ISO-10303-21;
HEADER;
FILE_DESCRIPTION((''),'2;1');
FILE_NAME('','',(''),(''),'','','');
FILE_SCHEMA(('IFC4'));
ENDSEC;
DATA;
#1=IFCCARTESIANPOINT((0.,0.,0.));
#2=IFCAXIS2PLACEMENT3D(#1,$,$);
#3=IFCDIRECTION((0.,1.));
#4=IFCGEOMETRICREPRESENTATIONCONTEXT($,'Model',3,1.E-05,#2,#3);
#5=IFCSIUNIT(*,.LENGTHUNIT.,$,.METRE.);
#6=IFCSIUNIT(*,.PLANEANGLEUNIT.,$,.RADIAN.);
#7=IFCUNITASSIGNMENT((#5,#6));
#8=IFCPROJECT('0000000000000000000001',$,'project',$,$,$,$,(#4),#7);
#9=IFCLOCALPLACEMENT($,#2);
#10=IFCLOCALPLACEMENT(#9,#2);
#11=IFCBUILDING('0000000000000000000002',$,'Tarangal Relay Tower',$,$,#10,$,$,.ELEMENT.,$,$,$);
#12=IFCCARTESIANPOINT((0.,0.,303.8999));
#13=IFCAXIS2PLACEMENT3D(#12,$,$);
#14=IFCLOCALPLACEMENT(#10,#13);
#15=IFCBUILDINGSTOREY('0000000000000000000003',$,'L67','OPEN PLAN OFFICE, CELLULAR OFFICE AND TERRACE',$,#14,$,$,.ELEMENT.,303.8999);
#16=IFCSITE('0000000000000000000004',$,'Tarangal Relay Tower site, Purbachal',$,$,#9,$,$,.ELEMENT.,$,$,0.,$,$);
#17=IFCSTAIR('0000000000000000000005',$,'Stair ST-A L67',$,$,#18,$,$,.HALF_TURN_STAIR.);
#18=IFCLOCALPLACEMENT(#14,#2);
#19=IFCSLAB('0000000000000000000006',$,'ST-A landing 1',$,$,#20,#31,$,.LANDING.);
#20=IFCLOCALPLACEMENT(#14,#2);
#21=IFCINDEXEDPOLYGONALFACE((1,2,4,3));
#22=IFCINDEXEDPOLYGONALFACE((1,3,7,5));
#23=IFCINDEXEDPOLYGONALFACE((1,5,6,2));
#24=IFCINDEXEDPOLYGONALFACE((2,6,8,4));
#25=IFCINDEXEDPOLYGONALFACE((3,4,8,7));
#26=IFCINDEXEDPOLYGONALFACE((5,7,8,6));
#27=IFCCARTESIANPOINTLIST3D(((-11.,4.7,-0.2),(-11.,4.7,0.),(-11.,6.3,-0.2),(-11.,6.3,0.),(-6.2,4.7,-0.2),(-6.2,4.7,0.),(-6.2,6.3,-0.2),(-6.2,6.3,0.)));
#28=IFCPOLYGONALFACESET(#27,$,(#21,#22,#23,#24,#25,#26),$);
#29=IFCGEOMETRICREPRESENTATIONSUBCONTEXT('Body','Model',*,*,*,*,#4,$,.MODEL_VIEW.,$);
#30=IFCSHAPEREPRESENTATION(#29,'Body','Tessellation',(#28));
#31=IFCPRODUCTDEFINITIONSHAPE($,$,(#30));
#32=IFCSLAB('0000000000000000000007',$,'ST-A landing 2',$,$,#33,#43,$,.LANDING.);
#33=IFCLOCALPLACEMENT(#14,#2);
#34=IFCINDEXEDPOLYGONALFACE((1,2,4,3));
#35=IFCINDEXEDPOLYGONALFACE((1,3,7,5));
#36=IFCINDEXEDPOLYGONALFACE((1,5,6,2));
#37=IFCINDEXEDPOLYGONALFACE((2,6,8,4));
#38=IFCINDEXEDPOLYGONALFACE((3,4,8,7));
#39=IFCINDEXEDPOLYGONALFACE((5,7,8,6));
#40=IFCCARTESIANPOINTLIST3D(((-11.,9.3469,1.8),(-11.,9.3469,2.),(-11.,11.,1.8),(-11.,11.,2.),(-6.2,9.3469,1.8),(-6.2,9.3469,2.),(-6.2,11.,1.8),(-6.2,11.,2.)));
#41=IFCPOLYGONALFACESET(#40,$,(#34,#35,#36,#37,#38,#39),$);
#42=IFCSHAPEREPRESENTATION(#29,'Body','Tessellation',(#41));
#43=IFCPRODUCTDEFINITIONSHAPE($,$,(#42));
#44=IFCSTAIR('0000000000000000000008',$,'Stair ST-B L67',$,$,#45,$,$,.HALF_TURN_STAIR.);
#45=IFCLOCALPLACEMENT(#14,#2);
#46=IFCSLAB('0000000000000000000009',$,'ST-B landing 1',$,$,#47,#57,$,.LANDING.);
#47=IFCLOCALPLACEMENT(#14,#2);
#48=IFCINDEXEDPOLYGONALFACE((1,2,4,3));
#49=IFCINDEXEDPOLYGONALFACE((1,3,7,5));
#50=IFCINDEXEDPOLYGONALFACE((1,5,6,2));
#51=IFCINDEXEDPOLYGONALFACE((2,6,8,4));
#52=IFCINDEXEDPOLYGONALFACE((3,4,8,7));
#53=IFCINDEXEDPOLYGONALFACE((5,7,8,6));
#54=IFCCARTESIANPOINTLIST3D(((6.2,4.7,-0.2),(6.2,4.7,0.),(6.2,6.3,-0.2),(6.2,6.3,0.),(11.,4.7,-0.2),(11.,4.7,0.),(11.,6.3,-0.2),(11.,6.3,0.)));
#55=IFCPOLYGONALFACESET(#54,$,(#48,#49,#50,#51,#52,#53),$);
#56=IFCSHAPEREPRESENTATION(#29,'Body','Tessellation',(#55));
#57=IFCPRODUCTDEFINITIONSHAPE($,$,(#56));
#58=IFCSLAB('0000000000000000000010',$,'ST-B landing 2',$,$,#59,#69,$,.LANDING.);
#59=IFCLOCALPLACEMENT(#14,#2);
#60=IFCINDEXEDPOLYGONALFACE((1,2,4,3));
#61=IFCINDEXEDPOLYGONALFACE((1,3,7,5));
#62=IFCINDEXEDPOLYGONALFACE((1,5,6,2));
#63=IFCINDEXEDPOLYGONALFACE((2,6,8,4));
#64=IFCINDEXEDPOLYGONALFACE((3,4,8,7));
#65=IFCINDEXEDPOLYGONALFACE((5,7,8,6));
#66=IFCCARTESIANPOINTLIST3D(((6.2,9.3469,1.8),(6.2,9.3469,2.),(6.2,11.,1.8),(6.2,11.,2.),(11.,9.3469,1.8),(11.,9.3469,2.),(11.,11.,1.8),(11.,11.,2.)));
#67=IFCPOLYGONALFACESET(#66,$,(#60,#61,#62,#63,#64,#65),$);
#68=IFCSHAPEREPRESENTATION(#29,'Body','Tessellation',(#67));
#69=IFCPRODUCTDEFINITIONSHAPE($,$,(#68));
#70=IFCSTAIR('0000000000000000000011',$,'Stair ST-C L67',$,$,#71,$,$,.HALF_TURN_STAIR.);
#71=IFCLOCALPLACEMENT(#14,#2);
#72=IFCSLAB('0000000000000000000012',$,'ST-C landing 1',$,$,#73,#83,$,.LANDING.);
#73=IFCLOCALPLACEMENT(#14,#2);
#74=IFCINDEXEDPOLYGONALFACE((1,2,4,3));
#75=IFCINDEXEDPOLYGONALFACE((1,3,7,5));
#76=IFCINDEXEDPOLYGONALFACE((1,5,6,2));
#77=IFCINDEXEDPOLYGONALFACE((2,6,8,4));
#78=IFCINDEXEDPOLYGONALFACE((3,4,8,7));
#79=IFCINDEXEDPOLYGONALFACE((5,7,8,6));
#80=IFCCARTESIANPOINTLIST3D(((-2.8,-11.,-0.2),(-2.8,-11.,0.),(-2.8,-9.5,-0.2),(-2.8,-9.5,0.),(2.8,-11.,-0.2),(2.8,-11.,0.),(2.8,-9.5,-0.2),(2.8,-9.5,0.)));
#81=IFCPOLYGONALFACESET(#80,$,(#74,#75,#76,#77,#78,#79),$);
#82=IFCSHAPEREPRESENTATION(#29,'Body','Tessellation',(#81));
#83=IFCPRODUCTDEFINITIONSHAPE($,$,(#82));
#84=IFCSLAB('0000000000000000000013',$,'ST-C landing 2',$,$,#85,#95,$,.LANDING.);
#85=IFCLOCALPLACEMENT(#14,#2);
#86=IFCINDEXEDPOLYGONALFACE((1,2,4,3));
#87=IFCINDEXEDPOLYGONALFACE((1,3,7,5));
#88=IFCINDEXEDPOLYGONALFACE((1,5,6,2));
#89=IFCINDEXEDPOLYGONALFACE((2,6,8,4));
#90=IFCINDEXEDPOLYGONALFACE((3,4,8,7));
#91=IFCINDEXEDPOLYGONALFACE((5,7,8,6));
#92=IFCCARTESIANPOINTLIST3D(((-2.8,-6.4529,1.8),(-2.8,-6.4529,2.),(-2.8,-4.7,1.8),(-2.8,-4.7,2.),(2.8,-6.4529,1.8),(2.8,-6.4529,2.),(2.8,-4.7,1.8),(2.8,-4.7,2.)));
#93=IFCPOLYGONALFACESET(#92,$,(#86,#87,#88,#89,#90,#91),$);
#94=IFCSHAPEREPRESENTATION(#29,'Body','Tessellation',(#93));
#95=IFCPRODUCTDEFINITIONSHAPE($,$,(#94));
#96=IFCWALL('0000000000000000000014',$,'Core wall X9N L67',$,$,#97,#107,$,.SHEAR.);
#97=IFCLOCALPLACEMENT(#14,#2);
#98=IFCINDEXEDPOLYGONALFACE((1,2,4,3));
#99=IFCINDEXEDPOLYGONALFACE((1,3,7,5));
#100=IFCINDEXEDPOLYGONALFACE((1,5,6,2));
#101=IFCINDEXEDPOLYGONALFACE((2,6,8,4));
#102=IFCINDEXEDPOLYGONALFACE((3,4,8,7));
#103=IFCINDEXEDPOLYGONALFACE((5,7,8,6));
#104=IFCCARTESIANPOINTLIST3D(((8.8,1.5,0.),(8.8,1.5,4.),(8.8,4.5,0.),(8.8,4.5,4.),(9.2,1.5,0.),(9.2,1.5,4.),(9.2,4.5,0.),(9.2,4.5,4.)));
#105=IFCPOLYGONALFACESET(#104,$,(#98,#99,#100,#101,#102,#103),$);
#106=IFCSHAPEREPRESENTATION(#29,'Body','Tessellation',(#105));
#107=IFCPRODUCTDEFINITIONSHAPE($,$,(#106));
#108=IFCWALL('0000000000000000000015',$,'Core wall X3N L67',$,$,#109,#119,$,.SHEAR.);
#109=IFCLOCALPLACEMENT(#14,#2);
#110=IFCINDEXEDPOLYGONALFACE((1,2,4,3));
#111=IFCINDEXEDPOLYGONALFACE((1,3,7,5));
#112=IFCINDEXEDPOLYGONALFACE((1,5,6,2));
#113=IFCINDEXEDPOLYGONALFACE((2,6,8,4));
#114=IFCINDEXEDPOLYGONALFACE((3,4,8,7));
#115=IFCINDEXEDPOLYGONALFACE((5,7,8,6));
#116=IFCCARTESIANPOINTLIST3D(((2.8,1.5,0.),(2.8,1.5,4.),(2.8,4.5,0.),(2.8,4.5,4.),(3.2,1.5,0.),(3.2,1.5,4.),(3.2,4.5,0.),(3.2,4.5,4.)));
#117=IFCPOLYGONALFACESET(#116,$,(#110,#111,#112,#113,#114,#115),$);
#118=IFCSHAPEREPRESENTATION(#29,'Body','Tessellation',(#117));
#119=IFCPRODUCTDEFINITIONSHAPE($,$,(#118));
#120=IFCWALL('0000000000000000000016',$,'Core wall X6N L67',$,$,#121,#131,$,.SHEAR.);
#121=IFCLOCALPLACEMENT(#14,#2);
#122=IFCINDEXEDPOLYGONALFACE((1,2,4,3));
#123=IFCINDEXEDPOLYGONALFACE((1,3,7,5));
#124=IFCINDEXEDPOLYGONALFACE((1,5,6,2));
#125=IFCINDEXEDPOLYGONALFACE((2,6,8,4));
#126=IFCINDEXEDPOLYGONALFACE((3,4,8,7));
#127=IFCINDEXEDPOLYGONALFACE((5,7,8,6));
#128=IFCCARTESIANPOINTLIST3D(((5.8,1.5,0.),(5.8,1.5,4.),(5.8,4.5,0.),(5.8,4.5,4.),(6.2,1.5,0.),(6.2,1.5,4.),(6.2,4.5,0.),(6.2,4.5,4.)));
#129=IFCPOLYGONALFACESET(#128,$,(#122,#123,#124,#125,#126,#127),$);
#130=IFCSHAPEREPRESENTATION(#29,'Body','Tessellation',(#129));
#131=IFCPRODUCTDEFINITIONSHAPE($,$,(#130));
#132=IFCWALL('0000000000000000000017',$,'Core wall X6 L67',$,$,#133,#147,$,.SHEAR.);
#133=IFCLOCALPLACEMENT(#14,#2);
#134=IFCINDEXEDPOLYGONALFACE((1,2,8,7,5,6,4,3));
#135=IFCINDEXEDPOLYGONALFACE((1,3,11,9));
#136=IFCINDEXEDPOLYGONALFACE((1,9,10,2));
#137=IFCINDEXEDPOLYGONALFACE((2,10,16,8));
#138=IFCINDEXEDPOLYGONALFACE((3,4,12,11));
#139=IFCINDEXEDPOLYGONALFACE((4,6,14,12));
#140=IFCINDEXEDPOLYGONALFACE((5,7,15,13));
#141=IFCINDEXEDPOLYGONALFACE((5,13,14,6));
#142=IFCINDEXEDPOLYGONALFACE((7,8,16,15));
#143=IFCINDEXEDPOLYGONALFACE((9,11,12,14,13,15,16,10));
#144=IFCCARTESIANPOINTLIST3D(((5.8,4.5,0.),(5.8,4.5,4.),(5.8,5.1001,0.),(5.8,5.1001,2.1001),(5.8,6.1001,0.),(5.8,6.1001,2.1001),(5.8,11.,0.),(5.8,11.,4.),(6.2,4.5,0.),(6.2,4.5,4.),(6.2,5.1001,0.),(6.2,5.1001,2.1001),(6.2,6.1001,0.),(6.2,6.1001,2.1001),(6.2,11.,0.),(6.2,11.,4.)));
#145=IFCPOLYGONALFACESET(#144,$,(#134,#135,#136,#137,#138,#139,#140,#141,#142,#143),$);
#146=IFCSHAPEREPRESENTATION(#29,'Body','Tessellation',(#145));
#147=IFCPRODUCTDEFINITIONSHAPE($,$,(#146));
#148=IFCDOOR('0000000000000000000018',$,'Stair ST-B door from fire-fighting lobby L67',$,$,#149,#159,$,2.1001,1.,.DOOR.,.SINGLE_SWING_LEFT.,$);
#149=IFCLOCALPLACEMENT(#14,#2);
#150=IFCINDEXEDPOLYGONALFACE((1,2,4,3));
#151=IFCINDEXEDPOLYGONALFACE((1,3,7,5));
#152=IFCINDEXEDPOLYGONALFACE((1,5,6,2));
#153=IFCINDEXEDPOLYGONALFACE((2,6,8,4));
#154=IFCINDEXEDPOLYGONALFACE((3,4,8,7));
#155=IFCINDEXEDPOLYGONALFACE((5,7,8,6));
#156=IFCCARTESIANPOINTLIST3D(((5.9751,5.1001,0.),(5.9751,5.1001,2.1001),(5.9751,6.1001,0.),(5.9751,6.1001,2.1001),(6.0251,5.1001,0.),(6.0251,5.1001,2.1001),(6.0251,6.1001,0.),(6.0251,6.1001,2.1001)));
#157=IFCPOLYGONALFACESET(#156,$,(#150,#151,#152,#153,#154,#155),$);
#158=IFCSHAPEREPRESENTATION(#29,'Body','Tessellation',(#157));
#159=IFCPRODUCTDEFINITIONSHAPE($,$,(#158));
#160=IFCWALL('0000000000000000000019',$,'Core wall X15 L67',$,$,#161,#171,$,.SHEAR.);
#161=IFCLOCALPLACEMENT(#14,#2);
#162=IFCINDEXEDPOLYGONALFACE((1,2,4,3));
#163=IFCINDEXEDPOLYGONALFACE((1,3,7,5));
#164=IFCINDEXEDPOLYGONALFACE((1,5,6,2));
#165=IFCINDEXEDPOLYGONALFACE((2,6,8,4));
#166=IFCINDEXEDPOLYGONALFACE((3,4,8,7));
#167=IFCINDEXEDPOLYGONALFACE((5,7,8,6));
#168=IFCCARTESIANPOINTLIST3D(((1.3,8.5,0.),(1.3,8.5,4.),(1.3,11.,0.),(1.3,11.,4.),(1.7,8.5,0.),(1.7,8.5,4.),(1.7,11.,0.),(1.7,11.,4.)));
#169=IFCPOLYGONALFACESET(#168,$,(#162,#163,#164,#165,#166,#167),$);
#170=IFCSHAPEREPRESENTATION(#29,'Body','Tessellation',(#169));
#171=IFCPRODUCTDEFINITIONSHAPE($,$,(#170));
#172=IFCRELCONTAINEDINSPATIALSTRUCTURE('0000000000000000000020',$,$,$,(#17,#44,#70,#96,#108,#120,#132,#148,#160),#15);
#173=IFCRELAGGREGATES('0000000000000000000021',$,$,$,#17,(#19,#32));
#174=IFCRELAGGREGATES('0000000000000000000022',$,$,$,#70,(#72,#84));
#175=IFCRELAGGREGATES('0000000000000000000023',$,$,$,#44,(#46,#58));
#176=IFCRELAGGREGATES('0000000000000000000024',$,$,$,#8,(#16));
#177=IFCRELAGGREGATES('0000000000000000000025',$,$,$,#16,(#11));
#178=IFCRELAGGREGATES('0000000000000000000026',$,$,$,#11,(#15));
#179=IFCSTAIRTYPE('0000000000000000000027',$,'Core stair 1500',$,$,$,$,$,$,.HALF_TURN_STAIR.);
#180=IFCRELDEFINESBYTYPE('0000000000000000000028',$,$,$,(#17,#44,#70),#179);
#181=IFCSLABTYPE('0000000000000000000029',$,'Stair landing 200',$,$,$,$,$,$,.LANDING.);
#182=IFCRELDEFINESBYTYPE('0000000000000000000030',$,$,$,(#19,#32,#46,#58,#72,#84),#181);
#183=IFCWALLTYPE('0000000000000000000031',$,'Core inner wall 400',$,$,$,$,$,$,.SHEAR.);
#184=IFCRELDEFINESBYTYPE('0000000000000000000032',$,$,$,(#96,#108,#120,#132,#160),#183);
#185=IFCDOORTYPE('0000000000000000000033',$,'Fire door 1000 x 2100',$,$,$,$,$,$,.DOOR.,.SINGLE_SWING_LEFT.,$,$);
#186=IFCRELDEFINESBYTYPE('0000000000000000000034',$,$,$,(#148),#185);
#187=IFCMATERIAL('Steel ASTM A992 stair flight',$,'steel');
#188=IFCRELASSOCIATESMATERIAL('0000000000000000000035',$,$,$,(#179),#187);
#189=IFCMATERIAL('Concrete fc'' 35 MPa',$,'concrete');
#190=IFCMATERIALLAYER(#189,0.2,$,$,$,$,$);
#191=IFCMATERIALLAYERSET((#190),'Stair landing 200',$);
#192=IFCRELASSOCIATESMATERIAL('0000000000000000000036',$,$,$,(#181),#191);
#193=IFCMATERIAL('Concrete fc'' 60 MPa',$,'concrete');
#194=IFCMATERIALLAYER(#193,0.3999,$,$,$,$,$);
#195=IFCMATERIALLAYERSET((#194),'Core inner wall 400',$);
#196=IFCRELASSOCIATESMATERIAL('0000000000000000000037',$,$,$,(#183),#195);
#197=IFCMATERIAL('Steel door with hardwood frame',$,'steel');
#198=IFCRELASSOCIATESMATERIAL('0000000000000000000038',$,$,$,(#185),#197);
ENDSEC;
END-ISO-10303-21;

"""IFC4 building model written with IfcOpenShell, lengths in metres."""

from ifc_helpers import new_model, si_unit, direction, frame, frame_2d, origin, place, context, subcontext, project, spatial, polyline, rectangle, outline, extrude, material, layer, layer_set, type_object, element, fill, aggregate, save


model = new_model("IFC4")

# Units and contexts
model_context = context("Model", 3, precision=1e-05, world=origin(), true_north=direction((0.0, 1.0)))
body_context = subcontext(model_context, "Body", "Model", "MODEL_VIEW")
ifc_project = project(units=[si_unit("LENGTHUNIT", "METRE"), si_unit("PLANEANGLEUNIT", "RADIAN")], contexts=[model_context])

# Site, building, storey
site_placement = place(None, origin())
site = spatial("IfcSite", under=ifc_project, at=site_placement, Name="Tarangal Relay Tower site, Purbachal", CompositionType="ELEMENT", RefElevation=0.0)
building_placement = place(site_placement, origin())
building = spatial("IfcBuilding", under=site, at=building_placement, Name="Tarangal Relay Tower", CompositionType="ELEMENT")
storey_placement = place(building_placement, frame((0.0, 0.0, 303.8999)))
storey = spatial("IfcBuildingStorey", under=building, at=storey_placement, Name="L67", Description="OPEN PLAN OFFICE, CELLULAR OFFICE AND TERRACE", CompositionType="ELEMENT", Elevation=303.8999)

# Stairs, slabs
ifc_material_1 = material(Name="Steel ASTM A992 stair flight", Category="steel")
stair_type = type_object("IfcStairType", Name="Core stair 1500", PredefinedType="HALF_TURN_STAIR", material=ifc_material_1)
stair_1_placement = place(storey_placement, origin())
stair_1 = element("IfcStair", 1, at=stair_1_placement, inside=storey, type_object=stair_type, Name="Stair ST-A L67", PredefinedType="HALF_TURN_STAIR")
ifc_material_2 = material(Name="Concrete fc' 35 MPa", Category="concrete")
ifc_layer_1 = layer(ifc_material_2, 0.2)
ifc_layer_set_1 = layer_set([ifc_layer_1], Name="Stair landing 200")
slab_type = type_object("IfcSlabType", Name="Stair landing 200", PredefinedType="LANDING", material=ifc_layer_set_1)
slab_1_placement = place(storey_placement, frame((0.0, 0.0, -0.2)))
slab_1 = element("IfcSlab", 2, at=slab_1_placement, type_object=slab_type, Name="ST-A landing 1", PredefinedType="LANDING", context=body_context, shape_type="SweptSolid", body=[
    extrude(outline(polyline([(-11.0, 4.7), (-6.2, 4.7), (-6.2, 6.3), (-11.0, 6.3), (-11.0, 4.7)])), origin(), (0.0, 0.0, 1.0), 0.2),
])
slab_2_placement = place(storey_placement, frame((0.0, 0.0, 1.8)))
slab_2 = element("IfcSlab", 3, at=slab_2_placement, type_object=slab_type, Name="ST-A landing 2", PredefinedType="LANDING", context=body_context, shape_type="SweptSolid", body=[
    extrude(outline(polyline([(-11.0, 9.3469), (-6.2, 9.3469), (-6.2, 11.0), (-11.0, 11.0), (-11.0, 9.3469)])), origin(), (0.0, 0.0, 1.0), 0.2),
])
aggregate(stair_1, [slab_1, slab_2])
stair_2_placement = place(storey_placement, origin())
stair_2 = element("IfcStair", 4, at=stair_2_placement, inside=storey, type_object=stair_type, Name="Stair ST-B L67", PredefinedType="HALF_TURN_STAIR")
slab_3_placement = place(storey_placement, frame((0.0, 0.0, -0.2)))
slab_3 = element("IfcSlab", 5, at=slab_3_placement, type_object=slab_type, Name="ST-B landing 1", PredefinedType="LANDING", context=body_context, shape_type="SweptSolid", body=[
    extrude(outline(polyline([(6.2, 4.7), (11.0, 4.7), (11.0, 6.3), (6.2, 6.3), (6.2, 4.7)])), origin(), (0.0, 0.0, 1.0), 0.2),
])
slab_4_placement = place(storey_placement, frame((0.0, 0.0, 1.8)))
slab_4 = element("IfcSlab", 6, at=slab_4_placement, type_object=slab_type, Name="ST-B landing 2", PredefinedType="LANDING", context=body_context, shape_type="SweptSolid", body=[
    extrude(outline(polyline([(6.2, 9.3469), (11.0, 9.3469), (11.0, 11.0), (6.2, 11.0), (6.2, 9.3469)])), origin(), (0.0, 0.0, 1.0), 0.2),
])
stair_3_placement = place(storey_placement, origin())
stair_3 = element("IfcStair", 7, at=stair_3_placement, inside=storey, type_object=stair_type, Name="Stair ST-C L67", PredefinedType="HALF_TURN_STAIR")
slab_5_placement = place(storey_placement, frame((0.0, 0.0, -0.2)))
slab_5 = element("IfcSlab", 8, at=slab_5_placement, type_object=slab_type, Name="ST-C landing 1", PredefinedType="LANDING", context=body_context, shape_type="SweptSolid", body=[
    extrude(outline(polyline([(-2.8, -11.0), (2.8, -11.0), (2.8, -9.5), (-2.8, -9.5), (-2.8, -11.0)])), origin(), (0.0, 0.0, 1.0), 0.2),
])
slab_6_placement = place(storey_placement, frame((0.0, 0.0, 1.8)))
slab_6 = element("IfcSlab", 9, at=slab_6_placement, type_object=slab_type, Name="ST-C landing 2", PredefinedType="LANDING", context=body_context, shape_type="SweptSolid", body=[
    extrude(outline(polyline([(-2.8, -6.4529), (2.8, -6.4529), (2.8, -4.7), (-2.8, -4.7), (-2.8, -6.4529)])), origin(), (0.0, 0.0, 1.0), 0.2),
])
aggregate(stair_3, [slab_5, slab_6])

# Walls
ifc_material_3 = material(Name="Concrete fc' 60 MPa", Category="concrete")
ifc_layer_2 = layer(ifc_material_3, 0.3999)
ifc_layer_set_2 = layer_set([ifc_layer_2], Name="Core inner wall 400")
wall_type = type_object("IfcWallType", Name="Core inner wall 400", PredefinedType="SHEAR", material=ifc_layer_set_2)
for number, where, z_axis, x_axis, name in (
    (10, (9.0, 1.5, 0.0), (0.0, 0.0, 1.0), (0.0, 1.0, 0.0), "Core wall X9N L67"),
    (11, (3.0, 1.5, 0.0), (0.0, 0.0, 1.0), (0.0, 1.0, 0.0), "Core wall X3N L67"),
    (12, (6.0, 1.5, 0.0), (0.0, 0.0, 1.0), (0.0, 1.0, 0.0), "Core wall X6N L67"),
):
    element("IfcWall", number, at=place(storey_placement, frame(where, z_axis=z_axis, x_axis=x_axis)), inside=storey, type_object=wall_type, Name=name, PredefinedType="SHEAR", context=body_context, shape_type="SweptSolid", body=[
        extrude(rectangle(XDim=3.0, YDim=0.3999, at=frame_2d((1.5, 0.0))), origin(), (0.0, 0.0, 1.0), 4.0),
    ])

# Wall, opening, door
wall_1_placement = place(storey_placement, frame((6.0, 4.5, 0.0), z_axis=(0.0, 0.0, 1.0), x_axis=(0.0, 1.0, 0.0)))
wall_1 = element("IfcWall", 13, at=wall_1_placement, inside=storey, type_object=wall_type, Name="Core wall X6 L67", PredefinedType="SHEAR", context=body_context, shape_type="SweptSolid", body=[
    extrude(rectangle(XDim=6.5, YDim=0.3999, at=frame_2d((3.25, 0.0))), origin(), (0.0, 0.0, 1.0), 4.0),
])
opening_placement = place(wall_1_placement, frame((0.6001, 0.0, 0.0)))
opening = element("IfcOpeningElement", 14, at=opening_placement, cuts=wall_1, PredefinedType="OPENING", context=body_context, shape_type="SweptSolid", body=[
    extrude(rectangle(XDim=1.0, YDim=2.1001, at=frame_2d((0.5, 1.05))), frame((0.0, 0.21, 0.0), z_axis=(0.0, -1.0, 0.0), x_axis=(1.0, 0.0, 0.0)), (0.0, 0.0, 1.0), 0.4199),
])
ifc_material_4 = material(Name="Steel door with hardwood frame", Category="steel")
door_type = type_object("IfcDoorType", Name="Fire door 1000 x 2100", OperationType="SINGLE_SWING_LEFT", PredefinedType="DOOR", material=ifc_material_4)
door_placement = place(opening_placement, origin())
door = element("IfcDoor", 15, at=door_placement, inside=storey, type_object=door_type, Name="Stair ST-B door from fire-fighting lobby L67", OperationType="SINGLE_SWING_LEFT", OverallHeight=2.1001, OverallWidth=1.0, PredefinedType="DOOR", context=body_context, shape_type="SweptSolid", body=[
    extrude(rectangle(XDim=1.0, YDim=2.1001, at=frame_2d((0.5, 1.05))), frame((0.0, 0.0249, 0.0), z_axis=(0.0, -1.0, 0.0), x_axis=(1.0, 0.0, 0.0)), (0.0, 0.0, 1.0), 0.05),
])
fill(opening, door)

# Wall
wall_2_placement = place(storey_placement, frame((1.5, 8.5, 0.0), z_axis=(0.0, 0.0, 1.0), x_axis=(0.0, 1.0, 0.0)))
element("IfcWall", 16, at=wall_2_placement, inside=storey, type_object=wall_type, Name="Core wall X15 L67", PredefinedType="SHEAR", context=body_context, shape_type="SweptSolid", body=[
    extrude(rectangle(XDim=2.5, YDim=0.3999, at=frame_2d((1.25, 0.0))), origin(), (0.0, 0.0, 1.0), 4.0),
])

aggregate(stair_2, [slab_3, slab_4])

save(model, "model.ifc")
